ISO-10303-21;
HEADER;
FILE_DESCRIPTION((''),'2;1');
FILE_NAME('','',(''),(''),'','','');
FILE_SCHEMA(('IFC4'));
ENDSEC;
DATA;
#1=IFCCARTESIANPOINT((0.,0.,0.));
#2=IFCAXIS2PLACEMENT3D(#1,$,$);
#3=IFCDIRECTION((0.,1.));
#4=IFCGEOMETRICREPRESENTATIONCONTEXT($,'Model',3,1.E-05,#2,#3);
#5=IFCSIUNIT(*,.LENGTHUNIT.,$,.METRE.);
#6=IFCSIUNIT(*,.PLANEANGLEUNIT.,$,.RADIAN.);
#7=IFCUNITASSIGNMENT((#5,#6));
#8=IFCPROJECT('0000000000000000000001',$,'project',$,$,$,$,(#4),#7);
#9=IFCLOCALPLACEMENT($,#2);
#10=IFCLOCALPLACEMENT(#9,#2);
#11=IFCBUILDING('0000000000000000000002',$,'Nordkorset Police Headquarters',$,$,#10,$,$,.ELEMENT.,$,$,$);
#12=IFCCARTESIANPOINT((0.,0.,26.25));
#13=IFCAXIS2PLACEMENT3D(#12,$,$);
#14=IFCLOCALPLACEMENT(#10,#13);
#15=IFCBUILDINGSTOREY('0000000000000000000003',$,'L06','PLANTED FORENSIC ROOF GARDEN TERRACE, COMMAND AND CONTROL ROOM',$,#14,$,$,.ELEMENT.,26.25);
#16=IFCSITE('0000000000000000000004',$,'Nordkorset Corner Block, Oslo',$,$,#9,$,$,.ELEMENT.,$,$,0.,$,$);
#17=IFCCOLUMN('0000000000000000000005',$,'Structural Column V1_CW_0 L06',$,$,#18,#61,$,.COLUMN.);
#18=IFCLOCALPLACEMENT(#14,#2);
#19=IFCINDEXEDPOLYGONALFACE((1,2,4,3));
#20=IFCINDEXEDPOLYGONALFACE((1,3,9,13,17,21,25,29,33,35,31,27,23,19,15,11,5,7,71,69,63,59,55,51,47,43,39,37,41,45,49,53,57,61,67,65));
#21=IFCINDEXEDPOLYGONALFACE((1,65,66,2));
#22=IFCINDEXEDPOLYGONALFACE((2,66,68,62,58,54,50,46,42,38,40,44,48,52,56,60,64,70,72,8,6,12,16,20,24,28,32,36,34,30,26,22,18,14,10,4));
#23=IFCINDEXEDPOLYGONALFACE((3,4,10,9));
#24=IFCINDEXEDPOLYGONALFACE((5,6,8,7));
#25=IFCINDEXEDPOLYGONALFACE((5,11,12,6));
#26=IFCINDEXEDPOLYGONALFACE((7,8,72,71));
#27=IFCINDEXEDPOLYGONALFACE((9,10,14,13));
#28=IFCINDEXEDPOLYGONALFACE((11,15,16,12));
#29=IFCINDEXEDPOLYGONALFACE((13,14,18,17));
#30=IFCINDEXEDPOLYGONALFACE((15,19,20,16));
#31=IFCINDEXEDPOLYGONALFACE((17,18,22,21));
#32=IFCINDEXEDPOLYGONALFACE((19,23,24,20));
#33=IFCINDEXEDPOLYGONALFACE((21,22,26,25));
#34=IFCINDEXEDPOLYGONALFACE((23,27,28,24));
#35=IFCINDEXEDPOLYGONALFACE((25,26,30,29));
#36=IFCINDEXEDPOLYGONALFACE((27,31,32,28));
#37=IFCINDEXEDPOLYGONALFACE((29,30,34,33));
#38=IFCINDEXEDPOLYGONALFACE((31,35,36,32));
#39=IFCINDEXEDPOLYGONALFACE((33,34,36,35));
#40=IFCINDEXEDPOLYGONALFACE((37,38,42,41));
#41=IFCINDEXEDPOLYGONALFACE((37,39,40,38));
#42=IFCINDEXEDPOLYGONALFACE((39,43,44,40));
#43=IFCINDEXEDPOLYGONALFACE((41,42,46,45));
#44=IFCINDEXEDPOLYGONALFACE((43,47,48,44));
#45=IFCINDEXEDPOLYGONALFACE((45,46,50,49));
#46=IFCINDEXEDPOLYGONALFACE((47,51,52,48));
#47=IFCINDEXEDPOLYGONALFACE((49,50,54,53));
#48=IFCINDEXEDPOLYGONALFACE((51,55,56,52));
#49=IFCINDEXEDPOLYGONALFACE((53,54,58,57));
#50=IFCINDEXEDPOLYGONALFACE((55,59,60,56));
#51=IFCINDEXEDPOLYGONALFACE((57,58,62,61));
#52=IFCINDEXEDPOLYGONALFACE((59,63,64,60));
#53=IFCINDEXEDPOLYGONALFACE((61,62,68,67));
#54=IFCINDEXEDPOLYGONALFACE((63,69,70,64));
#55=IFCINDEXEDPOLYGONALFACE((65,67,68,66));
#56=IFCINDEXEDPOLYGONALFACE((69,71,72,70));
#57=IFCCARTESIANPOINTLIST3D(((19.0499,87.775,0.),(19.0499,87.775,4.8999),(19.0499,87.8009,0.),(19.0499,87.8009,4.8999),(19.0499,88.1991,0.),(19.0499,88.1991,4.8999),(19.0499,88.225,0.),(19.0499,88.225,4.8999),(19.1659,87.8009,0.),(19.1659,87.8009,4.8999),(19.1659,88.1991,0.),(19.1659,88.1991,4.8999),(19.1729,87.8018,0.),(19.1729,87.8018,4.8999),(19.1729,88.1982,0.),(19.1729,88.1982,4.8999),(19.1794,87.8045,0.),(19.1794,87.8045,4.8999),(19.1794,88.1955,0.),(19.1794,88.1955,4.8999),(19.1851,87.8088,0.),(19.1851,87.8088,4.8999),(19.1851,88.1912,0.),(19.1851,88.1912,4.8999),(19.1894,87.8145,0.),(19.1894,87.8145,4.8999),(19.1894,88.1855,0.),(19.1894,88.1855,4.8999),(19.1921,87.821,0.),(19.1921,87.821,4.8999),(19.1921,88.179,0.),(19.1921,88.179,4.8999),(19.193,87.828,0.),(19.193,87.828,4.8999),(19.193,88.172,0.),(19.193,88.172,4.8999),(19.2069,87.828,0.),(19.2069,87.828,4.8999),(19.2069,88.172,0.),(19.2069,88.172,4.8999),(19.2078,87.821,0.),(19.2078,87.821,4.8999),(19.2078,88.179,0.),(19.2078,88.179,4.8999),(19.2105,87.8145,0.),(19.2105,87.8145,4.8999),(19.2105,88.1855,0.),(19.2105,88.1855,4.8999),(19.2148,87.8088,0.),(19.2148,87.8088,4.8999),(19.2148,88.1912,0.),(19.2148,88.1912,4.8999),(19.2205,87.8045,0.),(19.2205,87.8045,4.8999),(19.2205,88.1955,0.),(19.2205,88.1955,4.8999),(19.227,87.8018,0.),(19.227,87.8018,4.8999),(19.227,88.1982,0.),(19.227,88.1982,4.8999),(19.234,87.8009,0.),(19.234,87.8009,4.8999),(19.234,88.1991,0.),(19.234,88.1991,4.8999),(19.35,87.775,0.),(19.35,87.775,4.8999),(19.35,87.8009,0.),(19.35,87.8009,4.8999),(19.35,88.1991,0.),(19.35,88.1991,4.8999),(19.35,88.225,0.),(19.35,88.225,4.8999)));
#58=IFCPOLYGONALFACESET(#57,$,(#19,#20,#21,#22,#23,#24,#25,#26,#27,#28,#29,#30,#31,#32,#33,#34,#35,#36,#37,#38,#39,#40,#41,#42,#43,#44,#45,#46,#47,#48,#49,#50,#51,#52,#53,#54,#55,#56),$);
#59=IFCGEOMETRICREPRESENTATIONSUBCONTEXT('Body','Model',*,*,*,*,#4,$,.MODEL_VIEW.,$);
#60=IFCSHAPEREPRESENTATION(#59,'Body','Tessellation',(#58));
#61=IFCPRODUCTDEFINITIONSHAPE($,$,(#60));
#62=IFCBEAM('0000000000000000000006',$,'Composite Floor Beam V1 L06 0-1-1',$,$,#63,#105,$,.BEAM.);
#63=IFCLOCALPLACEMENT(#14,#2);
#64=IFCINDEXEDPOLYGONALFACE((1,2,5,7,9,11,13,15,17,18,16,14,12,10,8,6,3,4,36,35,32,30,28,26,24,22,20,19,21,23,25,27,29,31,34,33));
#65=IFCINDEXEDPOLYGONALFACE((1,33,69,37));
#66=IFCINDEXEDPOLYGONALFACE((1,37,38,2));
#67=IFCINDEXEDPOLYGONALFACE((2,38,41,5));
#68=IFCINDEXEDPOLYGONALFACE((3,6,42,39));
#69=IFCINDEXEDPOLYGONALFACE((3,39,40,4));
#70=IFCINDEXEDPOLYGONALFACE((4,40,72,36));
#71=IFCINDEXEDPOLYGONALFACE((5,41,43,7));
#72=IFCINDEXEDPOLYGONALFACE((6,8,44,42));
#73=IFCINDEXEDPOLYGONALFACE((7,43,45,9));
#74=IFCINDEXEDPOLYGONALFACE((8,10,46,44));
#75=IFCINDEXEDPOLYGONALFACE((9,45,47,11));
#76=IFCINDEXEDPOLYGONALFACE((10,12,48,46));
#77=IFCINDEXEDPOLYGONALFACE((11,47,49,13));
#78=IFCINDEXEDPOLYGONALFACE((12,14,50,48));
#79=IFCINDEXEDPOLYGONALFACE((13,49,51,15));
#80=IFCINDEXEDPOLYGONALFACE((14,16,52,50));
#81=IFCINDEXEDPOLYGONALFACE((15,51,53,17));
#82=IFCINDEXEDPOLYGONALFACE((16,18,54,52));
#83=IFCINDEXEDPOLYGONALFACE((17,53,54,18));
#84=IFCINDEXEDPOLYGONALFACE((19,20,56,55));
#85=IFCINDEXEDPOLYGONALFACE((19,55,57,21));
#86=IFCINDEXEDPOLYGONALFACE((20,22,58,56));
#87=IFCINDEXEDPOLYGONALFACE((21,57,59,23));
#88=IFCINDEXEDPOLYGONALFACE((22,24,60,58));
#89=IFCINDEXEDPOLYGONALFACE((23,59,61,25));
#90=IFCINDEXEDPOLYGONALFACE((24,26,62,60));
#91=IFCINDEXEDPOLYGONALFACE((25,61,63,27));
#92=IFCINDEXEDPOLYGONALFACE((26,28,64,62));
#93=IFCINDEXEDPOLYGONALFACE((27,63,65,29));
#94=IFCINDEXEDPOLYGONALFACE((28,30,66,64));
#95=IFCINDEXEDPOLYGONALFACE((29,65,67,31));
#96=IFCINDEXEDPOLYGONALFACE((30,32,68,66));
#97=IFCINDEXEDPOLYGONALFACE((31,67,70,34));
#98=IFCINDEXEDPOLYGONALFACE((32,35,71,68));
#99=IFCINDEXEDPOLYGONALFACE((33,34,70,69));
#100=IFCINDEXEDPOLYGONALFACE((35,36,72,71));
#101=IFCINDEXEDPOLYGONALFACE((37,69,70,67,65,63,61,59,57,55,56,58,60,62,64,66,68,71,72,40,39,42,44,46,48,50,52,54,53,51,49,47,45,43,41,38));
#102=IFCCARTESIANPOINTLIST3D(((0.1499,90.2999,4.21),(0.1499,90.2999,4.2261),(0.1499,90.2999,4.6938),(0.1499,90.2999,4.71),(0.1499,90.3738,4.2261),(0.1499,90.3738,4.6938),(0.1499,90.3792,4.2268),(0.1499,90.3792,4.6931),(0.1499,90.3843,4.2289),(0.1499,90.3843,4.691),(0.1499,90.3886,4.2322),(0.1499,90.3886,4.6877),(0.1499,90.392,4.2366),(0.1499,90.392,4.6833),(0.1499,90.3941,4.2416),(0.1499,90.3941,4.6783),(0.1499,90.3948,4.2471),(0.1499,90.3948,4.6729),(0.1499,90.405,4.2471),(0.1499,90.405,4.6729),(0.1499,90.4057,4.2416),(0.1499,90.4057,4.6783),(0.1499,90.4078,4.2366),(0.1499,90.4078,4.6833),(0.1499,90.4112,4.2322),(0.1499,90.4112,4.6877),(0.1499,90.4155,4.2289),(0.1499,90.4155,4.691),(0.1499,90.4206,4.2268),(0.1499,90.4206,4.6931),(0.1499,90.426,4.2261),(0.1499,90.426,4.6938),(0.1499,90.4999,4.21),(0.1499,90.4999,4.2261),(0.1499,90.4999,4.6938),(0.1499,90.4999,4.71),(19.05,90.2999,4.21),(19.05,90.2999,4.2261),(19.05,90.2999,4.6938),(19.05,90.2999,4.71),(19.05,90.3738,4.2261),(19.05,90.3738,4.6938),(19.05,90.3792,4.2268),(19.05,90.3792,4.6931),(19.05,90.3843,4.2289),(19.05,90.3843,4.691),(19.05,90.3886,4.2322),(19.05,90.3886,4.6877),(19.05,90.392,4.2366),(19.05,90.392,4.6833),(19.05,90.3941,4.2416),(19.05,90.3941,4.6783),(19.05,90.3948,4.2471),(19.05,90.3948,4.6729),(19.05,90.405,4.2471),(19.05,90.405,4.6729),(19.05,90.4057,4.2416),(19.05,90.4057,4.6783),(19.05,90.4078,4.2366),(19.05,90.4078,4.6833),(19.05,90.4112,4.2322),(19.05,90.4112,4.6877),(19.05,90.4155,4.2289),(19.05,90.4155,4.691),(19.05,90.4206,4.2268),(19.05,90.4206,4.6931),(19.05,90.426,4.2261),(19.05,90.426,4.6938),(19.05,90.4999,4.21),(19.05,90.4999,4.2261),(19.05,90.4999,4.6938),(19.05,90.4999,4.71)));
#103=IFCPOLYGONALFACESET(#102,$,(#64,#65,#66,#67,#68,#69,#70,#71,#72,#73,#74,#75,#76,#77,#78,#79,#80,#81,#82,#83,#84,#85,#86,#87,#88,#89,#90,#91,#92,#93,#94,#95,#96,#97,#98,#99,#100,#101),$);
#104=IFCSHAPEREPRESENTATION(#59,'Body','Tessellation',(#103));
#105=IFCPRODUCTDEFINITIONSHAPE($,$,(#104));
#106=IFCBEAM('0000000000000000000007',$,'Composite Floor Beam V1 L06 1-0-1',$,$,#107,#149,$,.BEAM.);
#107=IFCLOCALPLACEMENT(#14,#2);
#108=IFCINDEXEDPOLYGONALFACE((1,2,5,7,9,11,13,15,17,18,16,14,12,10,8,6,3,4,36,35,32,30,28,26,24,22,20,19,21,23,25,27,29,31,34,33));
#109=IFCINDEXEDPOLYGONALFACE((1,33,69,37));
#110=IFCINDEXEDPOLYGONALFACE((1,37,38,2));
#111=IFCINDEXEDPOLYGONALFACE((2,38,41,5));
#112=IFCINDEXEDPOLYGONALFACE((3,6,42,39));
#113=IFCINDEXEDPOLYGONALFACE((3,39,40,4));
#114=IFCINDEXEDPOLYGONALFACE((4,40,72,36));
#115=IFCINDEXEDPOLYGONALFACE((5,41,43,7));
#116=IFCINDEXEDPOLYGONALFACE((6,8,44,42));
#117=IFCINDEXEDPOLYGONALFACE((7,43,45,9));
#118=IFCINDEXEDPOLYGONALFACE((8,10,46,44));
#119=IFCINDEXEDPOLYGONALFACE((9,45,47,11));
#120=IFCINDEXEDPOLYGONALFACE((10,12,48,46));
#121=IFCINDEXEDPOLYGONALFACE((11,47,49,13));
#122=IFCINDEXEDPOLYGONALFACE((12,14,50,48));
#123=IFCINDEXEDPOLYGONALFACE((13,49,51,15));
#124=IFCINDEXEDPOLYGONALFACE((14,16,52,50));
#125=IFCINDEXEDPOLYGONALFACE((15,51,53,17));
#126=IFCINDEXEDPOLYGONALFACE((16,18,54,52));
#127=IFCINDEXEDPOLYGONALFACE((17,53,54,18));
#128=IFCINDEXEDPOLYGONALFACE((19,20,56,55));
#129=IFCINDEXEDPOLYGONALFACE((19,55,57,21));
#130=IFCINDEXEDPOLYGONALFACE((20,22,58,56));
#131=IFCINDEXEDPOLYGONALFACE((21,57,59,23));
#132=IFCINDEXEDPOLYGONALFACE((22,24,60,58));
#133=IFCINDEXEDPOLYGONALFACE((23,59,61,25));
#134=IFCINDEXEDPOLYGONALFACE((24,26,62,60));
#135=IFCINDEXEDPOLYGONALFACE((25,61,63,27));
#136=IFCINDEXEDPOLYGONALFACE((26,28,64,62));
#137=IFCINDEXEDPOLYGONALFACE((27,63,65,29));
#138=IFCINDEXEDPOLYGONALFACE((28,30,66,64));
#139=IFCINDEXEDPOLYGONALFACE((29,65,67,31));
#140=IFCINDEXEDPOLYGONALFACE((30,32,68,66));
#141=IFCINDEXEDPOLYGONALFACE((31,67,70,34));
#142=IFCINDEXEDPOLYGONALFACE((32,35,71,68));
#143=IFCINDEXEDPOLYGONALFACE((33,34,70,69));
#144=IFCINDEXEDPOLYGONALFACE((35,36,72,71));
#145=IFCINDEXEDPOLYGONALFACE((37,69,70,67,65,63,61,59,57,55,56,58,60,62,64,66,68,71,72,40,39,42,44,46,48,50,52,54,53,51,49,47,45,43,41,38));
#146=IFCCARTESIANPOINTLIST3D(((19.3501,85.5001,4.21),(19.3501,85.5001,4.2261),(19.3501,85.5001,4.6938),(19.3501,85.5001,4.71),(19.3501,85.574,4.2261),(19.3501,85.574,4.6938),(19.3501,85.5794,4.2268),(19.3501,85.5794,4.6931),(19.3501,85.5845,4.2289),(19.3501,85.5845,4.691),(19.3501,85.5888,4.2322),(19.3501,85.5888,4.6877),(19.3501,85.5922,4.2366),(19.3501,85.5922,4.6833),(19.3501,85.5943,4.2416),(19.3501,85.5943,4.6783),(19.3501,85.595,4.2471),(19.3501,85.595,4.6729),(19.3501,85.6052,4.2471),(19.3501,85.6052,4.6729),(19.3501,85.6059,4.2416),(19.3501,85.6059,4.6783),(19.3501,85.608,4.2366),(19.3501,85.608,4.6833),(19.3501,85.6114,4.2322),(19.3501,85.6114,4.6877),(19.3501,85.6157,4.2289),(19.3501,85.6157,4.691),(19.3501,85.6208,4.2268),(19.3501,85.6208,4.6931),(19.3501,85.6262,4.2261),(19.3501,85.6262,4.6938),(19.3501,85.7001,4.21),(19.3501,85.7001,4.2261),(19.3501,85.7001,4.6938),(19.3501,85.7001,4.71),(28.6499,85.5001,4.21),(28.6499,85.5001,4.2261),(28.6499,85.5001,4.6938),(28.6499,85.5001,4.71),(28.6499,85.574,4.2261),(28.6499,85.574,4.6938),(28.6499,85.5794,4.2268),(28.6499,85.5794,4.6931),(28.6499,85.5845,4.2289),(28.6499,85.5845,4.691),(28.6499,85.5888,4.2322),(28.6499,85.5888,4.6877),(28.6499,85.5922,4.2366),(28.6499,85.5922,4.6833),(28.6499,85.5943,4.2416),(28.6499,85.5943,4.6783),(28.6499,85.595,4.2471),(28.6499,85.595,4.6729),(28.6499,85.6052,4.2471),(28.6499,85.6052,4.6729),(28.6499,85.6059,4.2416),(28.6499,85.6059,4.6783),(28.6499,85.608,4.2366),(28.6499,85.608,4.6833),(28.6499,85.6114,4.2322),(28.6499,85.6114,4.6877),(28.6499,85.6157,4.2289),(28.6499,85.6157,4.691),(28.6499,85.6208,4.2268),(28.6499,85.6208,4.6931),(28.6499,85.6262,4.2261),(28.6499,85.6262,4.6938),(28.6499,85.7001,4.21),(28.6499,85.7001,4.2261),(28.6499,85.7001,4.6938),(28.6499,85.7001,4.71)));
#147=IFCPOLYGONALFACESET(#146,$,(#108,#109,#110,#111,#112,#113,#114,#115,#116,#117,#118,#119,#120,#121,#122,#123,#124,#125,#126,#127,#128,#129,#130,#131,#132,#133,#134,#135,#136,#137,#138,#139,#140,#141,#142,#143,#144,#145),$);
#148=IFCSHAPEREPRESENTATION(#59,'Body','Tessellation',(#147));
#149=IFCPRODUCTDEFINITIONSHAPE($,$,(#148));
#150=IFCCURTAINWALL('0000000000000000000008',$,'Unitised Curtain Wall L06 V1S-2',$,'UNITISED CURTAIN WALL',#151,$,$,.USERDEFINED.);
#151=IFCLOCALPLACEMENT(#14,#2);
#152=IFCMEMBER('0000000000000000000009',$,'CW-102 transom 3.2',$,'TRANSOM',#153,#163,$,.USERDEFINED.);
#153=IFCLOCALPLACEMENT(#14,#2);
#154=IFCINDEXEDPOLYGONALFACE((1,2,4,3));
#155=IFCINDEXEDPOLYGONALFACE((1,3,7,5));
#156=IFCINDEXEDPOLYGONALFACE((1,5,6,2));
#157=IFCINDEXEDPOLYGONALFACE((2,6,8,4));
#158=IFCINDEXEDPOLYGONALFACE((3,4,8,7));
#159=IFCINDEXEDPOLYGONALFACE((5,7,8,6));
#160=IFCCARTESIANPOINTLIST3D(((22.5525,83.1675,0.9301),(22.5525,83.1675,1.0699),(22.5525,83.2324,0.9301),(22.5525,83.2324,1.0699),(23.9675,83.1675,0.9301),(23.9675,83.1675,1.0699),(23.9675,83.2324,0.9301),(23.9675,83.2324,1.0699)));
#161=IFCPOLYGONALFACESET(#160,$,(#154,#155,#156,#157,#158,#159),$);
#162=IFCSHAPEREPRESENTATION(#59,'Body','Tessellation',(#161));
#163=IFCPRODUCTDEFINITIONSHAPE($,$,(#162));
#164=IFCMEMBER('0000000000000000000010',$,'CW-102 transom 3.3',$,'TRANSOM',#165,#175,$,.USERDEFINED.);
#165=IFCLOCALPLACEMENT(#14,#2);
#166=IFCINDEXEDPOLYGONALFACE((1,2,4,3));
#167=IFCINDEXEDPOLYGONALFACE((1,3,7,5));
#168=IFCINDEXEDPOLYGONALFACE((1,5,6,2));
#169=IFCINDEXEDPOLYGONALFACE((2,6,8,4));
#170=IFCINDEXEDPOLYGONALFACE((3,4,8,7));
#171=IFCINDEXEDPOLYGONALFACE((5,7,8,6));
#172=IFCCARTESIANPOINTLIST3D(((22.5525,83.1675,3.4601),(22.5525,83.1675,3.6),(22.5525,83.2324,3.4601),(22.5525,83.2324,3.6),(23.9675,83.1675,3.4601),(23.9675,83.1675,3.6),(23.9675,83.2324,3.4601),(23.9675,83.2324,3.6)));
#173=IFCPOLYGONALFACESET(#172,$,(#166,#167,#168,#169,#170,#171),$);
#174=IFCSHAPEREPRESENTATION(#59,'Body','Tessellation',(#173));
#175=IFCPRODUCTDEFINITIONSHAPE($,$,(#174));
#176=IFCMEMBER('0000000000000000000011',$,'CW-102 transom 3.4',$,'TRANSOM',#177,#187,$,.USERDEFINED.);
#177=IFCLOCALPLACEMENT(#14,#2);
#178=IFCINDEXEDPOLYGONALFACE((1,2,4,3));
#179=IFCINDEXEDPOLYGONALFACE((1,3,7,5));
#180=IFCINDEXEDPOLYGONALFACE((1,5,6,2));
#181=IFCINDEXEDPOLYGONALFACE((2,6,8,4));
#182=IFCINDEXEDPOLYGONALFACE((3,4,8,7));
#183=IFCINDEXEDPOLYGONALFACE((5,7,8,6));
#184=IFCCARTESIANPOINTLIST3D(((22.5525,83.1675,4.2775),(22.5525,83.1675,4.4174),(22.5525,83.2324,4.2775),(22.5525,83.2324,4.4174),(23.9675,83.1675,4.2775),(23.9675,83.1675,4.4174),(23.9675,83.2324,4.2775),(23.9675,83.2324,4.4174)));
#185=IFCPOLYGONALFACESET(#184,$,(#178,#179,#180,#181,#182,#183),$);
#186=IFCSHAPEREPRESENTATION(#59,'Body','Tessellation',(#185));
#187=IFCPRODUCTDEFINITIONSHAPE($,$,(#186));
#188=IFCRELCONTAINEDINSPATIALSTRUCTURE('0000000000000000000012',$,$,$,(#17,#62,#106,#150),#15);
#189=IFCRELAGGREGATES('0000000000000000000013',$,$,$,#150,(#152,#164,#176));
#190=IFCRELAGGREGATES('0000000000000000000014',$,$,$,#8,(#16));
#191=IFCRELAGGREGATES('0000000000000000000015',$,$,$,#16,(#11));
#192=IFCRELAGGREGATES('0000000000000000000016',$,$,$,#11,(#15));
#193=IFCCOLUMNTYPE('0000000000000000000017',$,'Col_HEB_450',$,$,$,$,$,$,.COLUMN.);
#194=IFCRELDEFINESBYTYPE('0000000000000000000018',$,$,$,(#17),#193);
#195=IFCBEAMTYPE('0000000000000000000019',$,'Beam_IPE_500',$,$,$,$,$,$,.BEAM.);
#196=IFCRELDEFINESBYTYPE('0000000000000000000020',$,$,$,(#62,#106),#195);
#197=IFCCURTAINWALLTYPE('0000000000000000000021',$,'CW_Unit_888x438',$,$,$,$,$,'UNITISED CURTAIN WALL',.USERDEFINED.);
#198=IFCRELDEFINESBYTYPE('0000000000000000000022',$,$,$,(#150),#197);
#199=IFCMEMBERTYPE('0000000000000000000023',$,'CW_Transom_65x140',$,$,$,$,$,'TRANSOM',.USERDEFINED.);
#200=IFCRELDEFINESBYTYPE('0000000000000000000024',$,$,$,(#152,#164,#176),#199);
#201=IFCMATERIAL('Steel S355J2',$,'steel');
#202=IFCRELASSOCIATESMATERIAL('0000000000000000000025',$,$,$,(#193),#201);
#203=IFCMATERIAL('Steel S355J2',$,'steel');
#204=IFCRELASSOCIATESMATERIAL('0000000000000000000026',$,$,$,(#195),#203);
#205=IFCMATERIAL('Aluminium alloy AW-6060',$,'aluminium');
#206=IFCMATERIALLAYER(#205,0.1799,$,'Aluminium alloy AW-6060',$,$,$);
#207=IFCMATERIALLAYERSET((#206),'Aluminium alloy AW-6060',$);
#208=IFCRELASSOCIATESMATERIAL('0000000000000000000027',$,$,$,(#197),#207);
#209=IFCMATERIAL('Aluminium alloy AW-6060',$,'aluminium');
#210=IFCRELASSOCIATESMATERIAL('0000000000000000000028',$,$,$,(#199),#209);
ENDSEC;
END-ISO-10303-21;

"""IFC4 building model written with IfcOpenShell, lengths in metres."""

from ifc_helpers import new_model, si_unit, direction, frame, origin, origin_2d, place, context, subcontext, project, spatial, rectangle, i_section, extrude, material, layer, layer_set, material_profile, profile_set, type_object, element, aggregate, save


model = new_model("IFC4")

# Units and contexts
model_context = context("Model", 3, precision=1e-05, world=origin(), true_north=direction((0.0, 1.0)))
body_context = subcontext(model_context, "Body", "Model", "MODEL_VIEW")
ifc_project = project(units=[si_unit("LENGTHUNIT", "METRE"), si_unit("PLANEANGLEUNIT", "RADIAN")], contexts=[model_context])

# Site, building, storey
site_placement = place(None, origin())
site = spatial("IfcSite", under=ifc_project, at=site_placement, Name="Nordkorset Corner Block, Oslo", CompositionType="ELEMENT", RefElevation=0.0)
building_placement = place(site_placement, origin())
building = spatial("IfcBuilding", under=site, at=building_placement, Name="Nordkorset Police Headquarters", CompositionType="ELEMENT")
storey_placement = place(building_placement, frame((0.0, 0.0, 26.25)))
storey = spatial("IfcBuildingStorey", under=building, at=storey_placement, Name="L06", Description="PLANTED FORENSIC ROOF GARDEN TERRACE, COMMAND AND CONTROL ROOM", CompositionType="ELEMENT", Elevation=26.25)

# Column
ifc_material_1 = material(Name="Steel S355J2", Category="steel")
ifc_material_profile_1 = material_profile(ifc_material_1, i_section(OverallWidth=0.3, OverallDepth=0.45, WebThickness=0.0139, FlangeThickness=0.0259, FilletRadius=0.0271, at=origin_2d()), Name="HEB 450")
ifc_profile_set_1 = profile_set([ifc_material_profile_1], Name="Steel S355J2")
column_type = type_object("IfcColumnType", Name="Col_HEB_450", PredefinedType="COLUMN", material=ifc_profile_set_1)
column_placement = place(storey_placement, frame((19.2, 88.0, 0.0), z_axis=(0.0, 0.0, 1.0), x_axis=(1.0, 0.0, 0.0)))
element("IfcColumn", 1, at=column_placement, inside=storey, type_object=column_type, Name="Structural Column V1_CW_0 L06", PredefinedType="COLUMN", context=body_context, shape_type="SweptSolid", body=[
    extrude(i_section(OverallWidth=0.3, OverallDepth=0.45, WebThickness=0.0139, FlangeThickness=0.0259, FilletRadius=0.0271, at=origin_2d()), origin(), (0.0, 0.0, 1.0), 4.8999),
])

# Beams
ifc_material_2 = material(Name="Steel S355J2", Category="steel")
ifc_material_profile_2 = material_profile(ifc_material_2, i_section(OverallWidth=0.2, OverallDepth=0.5, WebThickness=0.0103, FlangeThickness=0.0161, FilletRadius=0.021, at=origin_2d()), Name="IPE 500")
ifc_profile_set_2 = profile_set([ifc_material_profile_2], Name="Steel S355J2")
beam_type_1 = type_object("IfcBeamType", Name="Beam_IPE_500", PredefinedType="BEAM", material=ifc_profile_set_2)
beam_1_placement = place(storey_placement, frame((0.1499, 90.3999, 4.46), z_axis=(1.0, 0.0, 0.0), x_axis=(0.0, 1.0, 0.0)))
element("IfcBeam", 2, at=beam_1_placement, inside=storey, type_object=beam_type_1, Name="Composite Floor Beam V1 L06 0-1-1", PredefinedType="BEAM", context=body_context, shape_type="SweptSolid", body=[
    extrude(i_section(OverallWidth=0.2, OverallDepth=0.5, WebThickness=0.0103, FlangeThickness=0.0161, FilletRadius=0.021, at=origin_2d()), origin(), (0.0, 0.0, 1.0), 18.9001),
])
beam_2_placement = place(storey_placement, frame((19.3501, 85.6001, 4.46), z_axis=(1.0, 0.0, 0.0), x_axis=(0.0, 1.0, 0.0)))
element("IfcBeam", 3, at=beam_2_placement, inside=storey, type_object=beam_type_1, Name="Composite Floor Beam V1 L06 1-0-1", PredefinedType="BEAM", context=body_context, shape_type="SweptSolid", body=[
    extrude(i_section(OverallWidth=0.2, OverallDepth=0.5, WebThickness=0.0103, FlangeThickness=0.0161, FilletRadius=0.021, at=origin_2d()), origin(), (0.0, 0.0, 1.0), 9.2998),
])

# Curtain wall, members
ifc_material_3 = material(Name="Aluminium alloy AW-6060", Category="aluminium")
ifc_layer_1 = layer(ifc_material_3, 0.1799, Name="Aluminium alloy AW-6060")
ifc_layer_set_1 = layer_set([ifc_layer_1], Name="Aluminium alloy AW-6060")
curtain_wall_type = type_object("IfcCurtainWallType", Name="CW_Unit_888x438", ElementType="UNITISED CURTAIN WALL", PredefinedType="USERDEFINED", material=ifc_layer_set_1)
curtain_wall_placement = place(storey_placement, origin())
curtain_wall = element("IfcCurtainWall", 4, at=curtain_wall_placement, inside=storey, type_object=curtain_wall_type, Name="Unitised Curtain Wall L06 V1S-2", ObjectType="UNITISED CURTAIN WALL", PredefinedType="USERDEFINED")
ifc_material_4 = material(Name="Aluminium alloy AW-6060", Category="aluminium")
ifc_material_profile_3 = material_profile(ifc_material_4, rectangle(XDim=0.0649, YDim=0.1399, at=origin_2d()), Name="ALU TRAN 65x140")
ifc_profile_set_3 = profile_set([ifc_material_profile_3], Name="Aluminium alloy AW-6060")
member_type = type_object("IfcMemberType", Name="CW_Transom_65x140", ElementType="TRANSOM", PredefinedType="USERDEFINED", material=ifc_profile_set_3)
member_1_placement = place(storey_placement, frame((22.5525, 83.2, 1.0), z_axis=(1.0, 0.0, 0.0), x_axis=(0.0, 1.0, 0.0)))
member_1 = element("IfcMember", 5, at=member_1_placement, type_object=member_type, Name="CW-102 transom 3.2", ObjectType="TRANSOM", PredefinedType="USERDEFINED", context=body_context, shape_type="SweptSolid", body=[
    extrude(rectangle(XDim=0.0649, YDim=0.1399, at=origin_2d()), origin(), (0.0, 0.0, 1.0), 1.415),
])
member_2_placement = place(storey_placement, frame((22.5525, 83.2, 3.53), z_axis=(1.0, 0.0, 0.0), x_axis=(0.0, 1.0, 0.0)))
member_2 = element("IfcMember", 6, at=member_2_placement, type_object=member_type, Name="CW-102 transom 3.3", ObjectType="TRANSOM", PredefinedType="USERDEFINED", context=body_context, shape_type="SweptSolid", body=[
    extrude(rectangle(XDim=0.0649, YDim=0.1399, at=origin_2d()), origin(), (0.0, 0.0, 1.0), 1.415),
])
member_3_placement = place(storey_placement, frame((22.5525, 83.2, 4.3474), z_axis=(1.0, 0.0, 0.0), x_axis=(0.0, 1.0, 0.0)))
member_3 = element("IfcMember", 7, at=member_3_placement, type_object=member_type, Name="CW-102 transom 3.4", ObjectType="TRANSOM", PredefinedType="USERDEFINED", context=body_context, shape_type="SweptSolid", body=[
    extrude(rectangle(XDim=0.0649, YDim=0.1399, at=origin_2d()), origin(), (0.0, 0.0, 1.0), 1.415),
])
aggregate(curtain_wall, [member_1, member_2, member_3])

save(model, "model.ifc")
